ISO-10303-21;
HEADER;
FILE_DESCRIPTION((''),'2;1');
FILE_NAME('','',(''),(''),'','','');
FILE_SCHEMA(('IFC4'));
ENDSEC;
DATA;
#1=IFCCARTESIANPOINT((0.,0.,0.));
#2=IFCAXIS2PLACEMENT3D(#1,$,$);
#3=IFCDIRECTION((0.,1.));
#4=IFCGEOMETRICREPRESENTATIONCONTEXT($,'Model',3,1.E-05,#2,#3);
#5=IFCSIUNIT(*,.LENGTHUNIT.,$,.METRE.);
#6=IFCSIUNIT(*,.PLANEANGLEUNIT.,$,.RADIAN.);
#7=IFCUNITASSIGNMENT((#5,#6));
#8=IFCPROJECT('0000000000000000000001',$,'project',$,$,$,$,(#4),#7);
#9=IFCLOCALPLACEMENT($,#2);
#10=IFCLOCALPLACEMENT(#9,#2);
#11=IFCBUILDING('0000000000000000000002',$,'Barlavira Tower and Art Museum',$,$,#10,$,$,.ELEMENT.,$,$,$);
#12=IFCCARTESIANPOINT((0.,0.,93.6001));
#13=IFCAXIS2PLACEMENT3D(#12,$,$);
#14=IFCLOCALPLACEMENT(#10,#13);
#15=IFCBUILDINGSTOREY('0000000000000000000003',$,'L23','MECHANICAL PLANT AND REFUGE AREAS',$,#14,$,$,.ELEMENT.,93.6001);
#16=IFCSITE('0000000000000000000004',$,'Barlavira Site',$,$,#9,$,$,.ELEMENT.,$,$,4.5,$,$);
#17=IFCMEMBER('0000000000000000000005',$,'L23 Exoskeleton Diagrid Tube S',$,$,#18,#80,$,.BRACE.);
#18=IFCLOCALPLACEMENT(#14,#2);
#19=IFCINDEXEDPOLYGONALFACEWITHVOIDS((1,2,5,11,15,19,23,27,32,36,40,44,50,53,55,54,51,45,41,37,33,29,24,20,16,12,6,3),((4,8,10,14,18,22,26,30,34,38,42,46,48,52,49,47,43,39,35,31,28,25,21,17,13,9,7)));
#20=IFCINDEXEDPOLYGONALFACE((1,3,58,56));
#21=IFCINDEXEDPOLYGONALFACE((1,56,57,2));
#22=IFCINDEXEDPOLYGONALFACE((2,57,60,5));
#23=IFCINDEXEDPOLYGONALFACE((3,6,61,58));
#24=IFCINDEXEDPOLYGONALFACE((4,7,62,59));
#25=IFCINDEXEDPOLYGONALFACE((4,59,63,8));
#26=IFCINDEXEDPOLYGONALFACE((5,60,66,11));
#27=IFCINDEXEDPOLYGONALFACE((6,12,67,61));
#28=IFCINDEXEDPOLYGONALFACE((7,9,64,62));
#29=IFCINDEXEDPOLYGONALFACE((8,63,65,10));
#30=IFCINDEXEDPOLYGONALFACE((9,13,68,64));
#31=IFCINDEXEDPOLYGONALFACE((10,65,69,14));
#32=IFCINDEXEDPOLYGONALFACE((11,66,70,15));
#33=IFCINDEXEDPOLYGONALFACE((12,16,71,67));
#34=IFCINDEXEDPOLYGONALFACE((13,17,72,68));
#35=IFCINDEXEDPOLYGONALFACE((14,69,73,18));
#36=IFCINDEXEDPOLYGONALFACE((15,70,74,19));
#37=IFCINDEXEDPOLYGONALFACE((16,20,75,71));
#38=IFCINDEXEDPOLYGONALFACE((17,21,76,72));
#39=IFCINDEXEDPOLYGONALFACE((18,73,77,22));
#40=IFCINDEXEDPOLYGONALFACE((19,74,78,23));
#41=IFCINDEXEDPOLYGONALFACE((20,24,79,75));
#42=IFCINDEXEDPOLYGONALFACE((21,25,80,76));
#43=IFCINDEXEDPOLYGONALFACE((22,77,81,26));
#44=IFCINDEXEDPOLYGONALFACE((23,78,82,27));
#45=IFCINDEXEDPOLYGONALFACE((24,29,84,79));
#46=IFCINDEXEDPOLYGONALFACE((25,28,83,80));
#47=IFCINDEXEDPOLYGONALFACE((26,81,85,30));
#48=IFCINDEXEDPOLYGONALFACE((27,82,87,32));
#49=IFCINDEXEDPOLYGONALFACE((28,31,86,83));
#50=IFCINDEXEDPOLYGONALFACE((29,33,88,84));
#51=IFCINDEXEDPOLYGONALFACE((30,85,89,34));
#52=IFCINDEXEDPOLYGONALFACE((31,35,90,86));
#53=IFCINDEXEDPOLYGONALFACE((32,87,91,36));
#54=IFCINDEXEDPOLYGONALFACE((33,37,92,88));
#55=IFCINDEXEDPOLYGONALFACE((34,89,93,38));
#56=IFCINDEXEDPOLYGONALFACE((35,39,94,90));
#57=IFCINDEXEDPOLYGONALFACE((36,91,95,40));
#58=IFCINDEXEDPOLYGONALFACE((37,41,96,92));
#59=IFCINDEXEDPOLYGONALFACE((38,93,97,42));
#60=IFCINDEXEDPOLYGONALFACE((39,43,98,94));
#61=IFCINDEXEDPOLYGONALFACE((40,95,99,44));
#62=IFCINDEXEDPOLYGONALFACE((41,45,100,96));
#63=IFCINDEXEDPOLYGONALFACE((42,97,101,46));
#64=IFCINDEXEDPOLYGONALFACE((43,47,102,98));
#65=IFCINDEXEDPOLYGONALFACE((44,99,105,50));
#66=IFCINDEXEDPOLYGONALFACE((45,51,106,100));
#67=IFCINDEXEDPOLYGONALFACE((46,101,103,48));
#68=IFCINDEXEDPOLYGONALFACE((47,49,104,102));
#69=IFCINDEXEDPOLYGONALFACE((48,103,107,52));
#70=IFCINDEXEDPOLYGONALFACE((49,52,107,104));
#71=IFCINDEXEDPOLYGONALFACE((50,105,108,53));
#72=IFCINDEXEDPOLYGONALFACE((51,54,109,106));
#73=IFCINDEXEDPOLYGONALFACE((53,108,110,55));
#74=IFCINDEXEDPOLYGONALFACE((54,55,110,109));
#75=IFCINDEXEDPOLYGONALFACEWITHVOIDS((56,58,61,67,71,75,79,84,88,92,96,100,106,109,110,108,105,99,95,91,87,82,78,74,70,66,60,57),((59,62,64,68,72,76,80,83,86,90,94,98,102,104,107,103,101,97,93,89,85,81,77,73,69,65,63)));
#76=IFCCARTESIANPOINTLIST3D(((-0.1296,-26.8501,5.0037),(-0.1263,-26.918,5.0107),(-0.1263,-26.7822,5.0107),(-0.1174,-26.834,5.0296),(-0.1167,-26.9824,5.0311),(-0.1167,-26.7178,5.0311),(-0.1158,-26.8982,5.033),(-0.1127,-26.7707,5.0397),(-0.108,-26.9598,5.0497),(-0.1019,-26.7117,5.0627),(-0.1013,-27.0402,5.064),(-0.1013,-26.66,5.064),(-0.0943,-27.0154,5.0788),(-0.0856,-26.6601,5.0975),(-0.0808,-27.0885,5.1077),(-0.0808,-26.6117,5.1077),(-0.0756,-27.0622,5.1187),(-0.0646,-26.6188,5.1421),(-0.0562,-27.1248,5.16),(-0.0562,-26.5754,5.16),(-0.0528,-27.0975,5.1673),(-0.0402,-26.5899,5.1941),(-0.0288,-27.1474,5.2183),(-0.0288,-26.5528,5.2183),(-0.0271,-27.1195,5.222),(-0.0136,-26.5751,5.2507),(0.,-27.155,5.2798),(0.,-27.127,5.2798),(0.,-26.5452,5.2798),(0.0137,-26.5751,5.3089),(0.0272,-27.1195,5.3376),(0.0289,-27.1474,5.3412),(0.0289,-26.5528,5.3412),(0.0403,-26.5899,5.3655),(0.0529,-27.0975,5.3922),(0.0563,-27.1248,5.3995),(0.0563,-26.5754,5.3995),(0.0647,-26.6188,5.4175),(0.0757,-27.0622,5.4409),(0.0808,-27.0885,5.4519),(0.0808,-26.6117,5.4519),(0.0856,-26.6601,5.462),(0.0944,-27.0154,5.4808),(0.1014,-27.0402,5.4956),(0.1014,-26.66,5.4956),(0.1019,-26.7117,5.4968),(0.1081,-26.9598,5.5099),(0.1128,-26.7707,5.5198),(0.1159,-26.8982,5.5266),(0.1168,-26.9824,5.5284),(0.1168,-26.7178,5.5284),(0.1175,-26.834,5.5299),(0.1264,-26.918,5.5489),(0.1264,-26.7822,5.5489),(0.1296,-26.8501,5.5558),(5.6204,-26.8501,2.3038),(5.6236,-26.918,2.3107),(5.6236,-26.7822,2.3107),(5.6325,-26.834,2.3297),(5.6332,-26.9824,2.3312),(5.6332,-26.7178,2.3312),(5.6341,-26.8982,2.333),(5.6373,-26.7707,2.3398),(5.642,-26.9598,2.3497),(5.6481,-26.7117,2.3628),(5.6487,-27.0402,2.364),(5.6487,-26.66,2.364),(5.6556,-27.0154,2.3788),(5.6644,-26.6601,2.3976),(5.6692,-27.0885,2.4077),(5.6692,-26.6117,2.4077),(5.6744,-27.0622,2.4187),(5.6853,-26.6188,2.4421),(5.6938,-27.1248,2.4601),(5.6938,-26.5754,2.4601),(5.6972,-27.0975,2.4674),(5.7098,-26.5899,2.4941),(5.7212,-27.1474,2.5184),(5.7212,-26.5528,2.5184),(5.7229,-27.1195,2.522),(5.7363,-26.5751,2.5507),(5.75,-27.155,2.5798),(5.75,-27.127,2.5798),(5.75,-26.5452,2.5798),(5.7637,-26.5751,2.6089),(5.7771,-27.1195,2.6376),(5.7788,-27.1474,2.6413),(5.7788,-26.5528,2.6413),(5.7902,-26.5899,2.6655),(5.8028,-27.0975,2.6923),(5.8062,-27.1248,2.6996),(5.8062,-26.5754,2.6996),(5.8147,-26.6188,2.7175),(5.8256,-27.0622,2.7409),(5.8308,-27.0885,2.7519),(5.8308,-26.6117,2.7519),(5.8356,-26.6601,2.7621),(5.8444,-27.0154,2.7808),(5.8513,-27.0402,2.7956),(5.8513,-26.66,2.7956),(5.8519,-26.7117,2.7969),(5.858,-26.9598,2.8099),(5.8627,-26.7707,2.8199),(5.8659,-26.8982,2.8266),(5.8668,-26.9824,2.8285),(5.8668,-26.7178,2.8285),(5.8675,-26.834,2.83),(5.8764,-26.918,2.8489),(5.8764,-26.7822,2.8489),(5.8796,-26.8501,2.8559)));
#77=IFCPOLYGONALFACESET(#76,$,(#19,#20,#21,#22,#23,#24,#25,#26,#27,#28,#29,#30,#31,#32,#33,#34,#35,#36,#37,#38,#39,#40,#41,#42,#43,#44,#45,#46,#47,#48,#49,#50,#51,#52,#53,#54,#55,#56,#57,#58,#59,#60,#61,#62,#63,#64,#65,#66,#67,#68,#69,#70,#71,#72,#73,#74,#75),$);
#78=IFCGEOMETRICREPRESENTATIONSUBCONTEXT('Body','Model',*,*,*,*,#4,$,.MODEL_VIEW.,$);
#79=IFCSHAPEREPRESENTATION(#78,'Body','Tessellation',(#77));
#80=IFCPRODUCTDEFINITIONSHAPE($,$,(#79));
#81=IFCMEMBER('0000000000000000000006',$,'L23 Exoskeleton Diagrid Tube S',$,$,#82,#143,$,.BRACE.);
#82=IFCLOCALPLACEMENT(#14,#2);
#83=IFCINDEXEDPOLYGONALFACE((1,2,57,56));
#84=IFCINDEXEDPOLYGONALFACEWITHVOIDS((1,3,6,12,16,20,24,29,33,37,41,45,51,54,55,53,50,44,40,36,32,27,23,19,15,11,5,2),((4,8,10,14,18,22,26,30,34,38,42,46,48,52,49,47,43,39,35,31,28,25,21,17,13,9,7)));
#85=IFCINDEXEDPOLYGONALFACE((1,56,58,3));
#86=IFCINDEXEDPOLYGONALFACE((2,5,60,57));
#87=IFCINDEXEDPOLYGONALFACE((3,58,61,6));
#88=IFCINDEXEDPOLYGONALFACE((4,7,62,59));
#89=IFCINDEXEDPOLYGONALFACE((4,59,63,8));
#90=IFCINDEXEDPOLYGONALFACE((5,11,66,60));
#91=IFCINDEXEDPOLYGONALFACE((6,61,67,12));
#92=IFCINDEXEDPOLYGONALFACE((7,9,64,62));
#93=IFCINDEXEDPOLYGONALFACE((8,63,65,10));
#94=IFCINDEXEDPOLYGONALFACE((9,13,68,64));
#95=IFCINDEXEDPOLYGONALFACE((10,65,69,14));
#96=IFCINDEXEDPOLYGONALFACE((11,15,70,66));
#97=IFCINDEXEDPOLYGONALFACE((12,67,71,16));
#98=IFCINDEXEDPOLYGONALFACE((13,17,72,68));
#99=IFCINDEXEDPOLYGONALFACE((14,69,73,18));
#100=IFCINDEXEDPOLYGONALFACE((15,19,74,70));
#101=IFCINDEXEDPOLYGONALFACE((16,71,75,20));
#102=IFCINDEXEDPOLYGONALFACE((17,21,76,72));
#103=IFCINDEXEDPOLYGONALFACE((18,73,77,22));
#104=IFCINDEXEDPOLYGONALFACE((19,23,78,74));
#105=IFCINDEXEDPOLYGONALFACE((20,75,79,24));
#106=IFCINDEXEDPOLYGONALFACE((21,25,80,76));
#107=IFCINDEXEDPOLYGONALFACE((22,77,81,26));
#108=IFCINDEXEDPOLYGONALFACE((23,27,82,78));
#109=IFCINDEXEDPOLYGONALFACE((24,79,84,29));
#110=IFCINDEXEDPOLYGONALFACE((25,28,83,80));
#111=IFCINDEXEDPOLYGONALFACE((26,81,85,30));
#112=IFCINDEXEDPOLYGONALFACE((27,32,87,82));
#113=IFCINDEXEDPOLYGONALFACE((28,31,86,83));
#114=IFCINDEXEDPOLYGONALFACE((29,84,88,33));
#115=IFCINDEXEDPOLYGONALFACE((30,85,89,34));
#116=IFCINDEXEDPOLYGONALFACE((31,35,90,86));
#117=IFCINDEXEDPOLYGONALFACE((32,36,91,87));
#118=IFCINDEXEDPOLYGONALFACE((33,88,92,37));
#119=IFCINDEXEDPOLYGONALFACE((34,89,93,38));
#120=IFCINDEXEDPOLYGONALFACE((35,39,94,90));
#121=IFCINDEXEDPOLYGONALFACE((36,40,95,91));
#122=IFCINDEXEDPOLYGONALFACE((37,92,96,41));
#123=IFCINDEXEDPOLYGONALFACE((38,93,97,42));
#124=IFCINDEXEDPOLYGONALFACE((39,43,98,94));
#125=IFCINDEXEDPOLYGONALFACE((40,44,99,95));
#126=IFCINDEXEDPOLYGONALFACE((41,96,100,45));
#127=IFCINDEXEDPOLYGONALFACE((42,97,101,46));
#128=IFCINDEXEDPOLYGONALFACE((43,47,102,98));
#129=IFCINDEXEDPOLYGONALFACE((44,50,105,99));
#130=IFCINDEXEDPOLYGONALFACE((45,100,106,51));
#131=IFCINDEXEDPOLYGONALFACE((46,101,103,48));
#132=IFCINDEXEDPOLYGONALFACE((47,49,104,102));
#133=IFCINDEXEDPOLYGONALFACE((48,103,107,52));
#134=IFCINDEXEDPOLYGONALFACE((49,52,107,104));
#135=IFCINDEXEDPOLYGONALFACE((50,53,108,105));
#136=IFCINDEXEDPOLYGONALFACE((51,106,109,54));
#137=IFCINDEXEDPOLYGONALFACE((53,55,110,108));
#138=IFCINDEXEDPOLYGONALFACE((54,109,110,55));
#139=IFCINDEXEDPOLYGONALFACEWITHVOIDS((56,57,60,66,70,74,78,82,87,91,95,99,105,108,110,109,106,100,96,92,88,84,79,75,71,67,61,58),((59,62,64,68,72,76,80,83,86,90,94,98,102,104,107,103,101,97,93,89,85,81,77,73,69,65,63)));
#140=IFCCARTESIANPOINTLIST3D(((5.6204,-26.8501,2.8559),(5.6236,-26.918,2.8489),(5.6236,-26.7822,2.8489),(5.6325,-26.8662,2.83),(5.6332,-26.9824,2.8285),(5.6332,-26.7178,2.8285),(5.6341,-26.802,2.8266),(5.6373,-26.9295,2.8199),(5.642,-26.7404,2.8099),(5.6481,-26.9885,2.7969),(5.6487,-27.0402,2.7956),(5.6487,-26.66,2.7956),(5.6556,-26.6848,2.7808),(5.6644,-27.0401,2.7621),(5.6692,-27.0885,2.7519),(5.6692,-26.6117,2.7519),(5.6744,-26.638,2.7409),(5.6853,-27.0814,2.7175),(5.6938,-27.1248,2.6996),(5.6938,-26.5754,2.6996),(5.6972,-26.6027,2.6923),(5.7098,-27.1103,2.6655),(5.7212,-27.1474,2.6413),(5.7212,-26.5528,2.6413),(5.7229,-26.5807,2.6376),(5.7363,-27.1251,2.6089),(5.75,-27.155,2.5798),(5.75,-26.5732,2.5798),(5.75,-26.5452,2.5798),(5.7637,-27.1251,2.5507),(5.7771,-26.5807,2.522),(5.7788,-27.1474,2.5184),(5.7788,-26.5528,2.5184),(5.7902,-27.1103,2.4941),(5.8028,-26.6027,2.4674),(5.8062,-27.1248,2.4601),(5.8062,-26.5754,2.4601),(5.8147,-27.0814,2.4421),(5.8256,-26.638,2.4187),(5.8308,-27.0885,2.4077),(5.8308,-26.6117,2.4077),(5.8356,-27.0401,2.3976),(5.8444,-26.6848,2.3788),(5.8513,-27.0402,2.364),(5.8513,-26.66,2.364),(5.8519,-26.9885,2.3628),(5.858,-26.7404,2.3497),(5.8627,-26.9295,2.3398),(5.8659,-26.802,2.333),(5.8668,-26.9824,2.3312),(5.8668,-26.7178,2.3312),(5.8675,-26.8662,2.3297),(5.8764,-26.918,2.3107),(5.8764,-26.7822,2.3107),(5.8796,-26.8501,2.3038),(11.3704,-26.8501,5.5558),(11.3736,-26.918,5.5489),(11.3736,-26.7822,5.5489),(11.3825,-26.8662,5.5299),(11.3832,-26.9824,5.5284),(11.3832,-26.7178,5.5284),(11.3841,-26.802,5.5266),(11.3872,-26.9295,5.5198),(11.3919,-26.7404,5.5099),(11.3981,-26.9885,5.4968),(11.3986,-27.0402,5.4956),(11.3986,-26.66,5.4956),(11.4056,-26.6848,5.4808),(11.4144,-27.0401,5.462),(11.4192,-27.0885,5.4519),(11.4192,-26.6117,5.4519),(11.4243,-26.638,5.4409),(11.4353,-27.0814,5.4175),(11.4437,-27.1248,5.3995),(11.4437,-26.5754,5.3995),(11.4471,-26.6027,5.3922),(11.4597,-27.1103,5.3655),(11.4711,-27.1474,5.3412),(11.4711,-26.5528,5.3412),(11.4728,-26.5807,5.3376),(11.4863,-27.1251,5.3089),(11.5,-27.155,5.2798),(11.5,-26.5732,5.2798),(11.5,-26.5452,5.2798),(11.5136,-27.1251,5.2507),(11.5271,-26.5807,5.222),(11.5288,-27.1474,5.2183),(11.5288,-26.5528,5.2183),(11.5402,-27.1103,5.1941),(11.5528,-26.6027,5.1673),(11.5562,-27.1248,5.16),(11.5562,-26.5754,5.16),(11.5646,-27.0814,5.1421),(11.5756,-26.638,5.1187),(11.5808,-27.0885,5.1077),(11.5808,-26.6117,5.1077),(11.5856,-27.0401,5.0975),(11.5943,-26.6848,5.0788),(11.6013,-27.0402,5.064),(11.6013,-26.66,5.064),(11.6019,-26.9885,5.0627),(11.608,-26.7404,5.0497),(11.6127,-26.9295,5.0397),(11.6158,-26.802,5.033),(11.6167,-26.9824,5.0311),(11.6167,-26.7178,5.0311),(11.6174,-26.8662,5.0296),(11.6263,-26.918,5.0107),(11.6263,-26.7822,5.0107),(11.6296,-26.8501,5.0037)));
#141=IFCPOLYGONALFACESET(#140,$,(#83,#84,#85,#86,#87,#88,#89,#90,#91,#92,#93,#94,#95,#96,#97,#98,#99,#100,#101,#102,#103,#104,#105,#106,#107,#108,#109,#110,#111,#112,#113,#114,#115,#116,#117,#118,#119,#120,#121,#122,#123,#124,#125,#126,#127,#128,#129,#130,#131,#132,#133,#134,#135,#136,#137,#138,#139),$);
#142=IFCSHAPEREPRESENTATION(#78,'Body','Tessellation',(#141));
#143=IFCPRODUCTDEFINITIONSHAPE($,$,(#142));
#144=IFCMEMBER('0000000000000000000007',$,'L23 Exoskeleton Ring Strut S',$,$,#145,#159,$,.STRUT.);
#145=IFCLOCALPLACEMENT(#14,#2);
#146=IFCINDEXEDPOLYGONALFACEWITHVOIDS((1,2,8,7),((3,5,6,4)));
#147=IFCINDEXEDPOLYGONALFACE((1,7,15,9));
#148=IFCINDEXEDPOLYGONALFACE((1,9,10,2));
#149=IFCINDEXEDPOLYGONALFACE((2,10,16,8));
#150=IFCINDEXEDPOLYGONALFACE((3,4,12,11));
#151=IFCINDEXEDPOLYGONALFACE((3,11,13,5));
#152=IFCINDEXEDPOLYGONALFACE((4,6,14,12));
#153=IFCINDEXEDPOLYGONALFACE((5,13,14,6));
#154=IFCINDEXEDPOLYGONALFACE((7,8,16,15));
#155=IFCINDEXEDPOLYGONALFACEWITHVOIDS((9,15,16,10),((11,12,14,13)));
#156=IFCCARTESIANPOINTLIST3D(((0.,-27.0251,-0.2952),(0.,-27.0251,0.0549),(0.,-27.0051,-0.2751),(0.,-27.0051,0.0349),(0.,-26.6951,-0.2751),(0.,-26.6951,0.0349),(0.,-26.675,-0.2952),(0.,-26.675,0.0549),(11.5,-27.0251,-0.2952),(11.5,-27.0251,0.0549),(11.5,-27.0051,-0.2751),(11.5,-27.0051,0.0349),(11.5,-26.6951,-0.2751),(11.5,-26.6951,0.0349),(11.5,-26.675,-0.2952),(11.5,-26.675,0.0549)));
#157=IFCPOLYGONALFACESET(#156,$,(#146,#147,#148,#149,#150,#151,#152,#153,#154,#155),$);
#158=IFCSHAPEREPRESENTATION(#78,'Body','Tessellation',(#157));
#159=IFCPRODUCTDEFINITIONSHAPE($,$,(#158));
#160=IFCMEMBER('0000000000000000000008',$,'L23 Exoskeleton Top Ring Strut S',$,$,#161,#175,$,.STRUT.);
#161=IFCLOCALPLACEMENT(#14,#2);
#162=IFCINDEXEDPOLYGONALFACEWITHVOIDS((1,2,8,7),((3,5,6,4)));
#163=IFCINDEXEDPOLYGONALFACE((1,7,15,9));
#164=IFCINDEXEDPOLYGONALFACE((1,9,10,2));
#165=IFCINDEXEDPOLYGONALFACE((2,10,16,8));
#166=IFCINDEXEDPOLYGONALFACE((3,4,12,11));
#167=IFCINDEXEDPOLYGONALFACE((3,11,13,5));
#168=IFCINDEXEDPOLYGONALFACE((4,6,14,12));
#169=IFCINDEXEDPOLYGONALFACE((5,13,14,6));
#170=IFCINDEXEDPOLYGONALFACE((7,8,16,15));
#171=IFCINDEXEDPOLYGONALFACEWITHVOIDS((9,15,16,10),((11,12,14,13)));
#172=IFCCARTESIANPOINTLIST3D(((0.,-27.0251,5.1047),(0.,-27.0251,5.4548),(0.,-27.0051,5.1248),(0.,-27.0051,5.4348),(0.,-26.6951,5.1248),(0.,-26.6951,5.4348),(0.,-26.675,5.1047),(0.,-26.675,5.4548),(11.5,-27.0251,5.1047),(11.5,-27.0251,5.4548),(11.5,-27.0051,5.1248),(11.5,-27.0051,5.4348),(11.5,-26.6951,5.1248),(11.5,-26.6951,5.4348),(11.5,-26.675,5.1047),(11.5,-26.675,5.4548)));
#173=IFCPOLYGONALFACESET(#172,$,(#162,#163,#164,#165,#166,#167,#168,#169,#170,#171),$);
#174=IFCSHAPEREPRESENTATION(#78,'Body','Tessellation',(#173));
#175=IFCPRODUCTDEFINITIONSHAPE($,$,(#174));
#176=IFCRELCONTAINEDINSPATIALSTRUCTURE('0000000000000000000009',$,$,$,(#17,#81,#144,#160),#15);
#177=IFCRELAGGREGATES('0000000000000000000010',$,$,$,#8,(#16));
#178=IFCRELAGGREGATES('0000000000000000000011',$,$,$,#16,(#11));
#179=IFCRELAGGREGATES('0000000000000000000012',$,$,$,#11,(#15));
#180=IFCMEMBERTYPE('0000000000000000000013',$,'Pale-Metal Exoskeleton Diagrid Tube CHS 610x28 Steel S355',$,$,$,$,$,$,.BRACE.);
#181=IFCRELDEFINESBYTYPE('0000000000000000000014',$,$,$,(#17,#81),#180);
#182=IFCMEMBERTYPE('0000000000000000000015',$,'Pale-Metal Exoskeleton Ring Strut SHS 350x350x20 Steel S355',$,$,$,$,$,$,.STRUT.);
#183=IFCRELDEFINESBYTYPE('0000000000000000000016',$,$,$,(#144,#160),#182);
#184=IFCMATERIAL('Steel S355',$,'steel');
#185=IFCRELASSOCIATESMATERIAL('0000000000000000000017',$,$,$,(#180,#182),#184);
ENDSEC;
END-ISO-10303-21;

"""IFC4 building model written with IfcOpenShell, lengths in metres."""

from ifc_helpers import new_model, si_unit, direction, frame, origin, origin_2d, place, context, subcontext, project, spatial, hollow_rectangle, hollow_circle, extrude, material, material_profile, profile_set, type_object, element, save


model = new_model("IFC4")

# Units and contexts
model_context = context("Model", 3, precision=1e-05, world=origin(), true_north=direction((0.0, 1.0)))
body_context = subcontext(model_context, "Body", "Model", "MODEL_VIEW")
ifc_project = project(units=[si_unit("LENGTHUNIT", "METRE"), si_unit("PLANEANGLEUNIT", "RADIAN")], contexts=[model_context])

# Site, building, storey
site_placement = place(None, origin())
site = spatial("IfcSite", under=ifc_project, at=site_placement, Name="Barlavira Site", CompositionType="ELEMENT", RefElevation=4.5)
building_placement = place(site_placement, origin())
building = spatial("IfcBuilding", under=site, at=building_placement, Name="Barlavira Tower and Art Museum", CompositionType="ELEMENT")
storey_placement = place(building_placement, frame((0.0, 0.0, 93.6001)))
storey = spatial("IfcBuildingStorey", under=building, at=storey_placement, Name="L23", Description="MECHANICAL PLANT AND REFUGE AREAS", CompositionType="ELEMENT", Elevation=93.6001)

# Members
ifc_material_1 = material(Name="Steel S355", Category="steel")
ifc_material_profile_1 = material_profile(ifc_material_1, hollow_circle(Radius=0.3049, WallThickness=0.0281, at=origin_2d()), Name="CHS 610.0x28.0")
ifc_profile_set_1 = profile_set([ifc_material_profile_1], Name="Steel S355")
member_type_1 = type_object("IfcMemberType", Name="Pale-Metal Exoskeleton Diagrid Tube CHS 610x28 Steel S355", PredefinedType="BRACE", material=ifc_profile_set_1)
for number, where, z_axis, x_axis, name in (
    (1, (5.75, -26.8501, 2.5798), (-0.905178, 0.0, 0.425032), (0.0, -1.0, 0.0), "L23 Exoskeleton Diagrid Tube S"),
    (2, (5.75, -26.8501, 2.5798), (0.905178, 0.0, 0.425032), (0.0, 1.0, 0.0), "L23 Exoskeleton Diagrid Tube S"),
):
    element("IfcMember", number, at=place(storey_placement, frame(where, z_axis=z_axis, x_axis=x_axis)), inside=storey, type_object=member_type_1, Name=name, PredefinedType="BRACE", context=body_context, shape_type="SweptSolid", body=[
        extrude(hollow_circle(Radius=0.3049, WallThickness=0.0281, at=origin_2d()), origin(), (0.0, 0.0, 1.0), 6.3523),
    ])
ifc_material_profile_2 = material_profile(ifc_material_1, hollow_rectangle(XDim=0.3501, YDim=0.3501, WallThickness=0.02, at=origin_2d()), Name="SHS 350x350x20.0")
ifc_profile_set_2 = profile_set([ifc_material_profile_2], Name="Steel S355")
member_type_2 = type_object("IfcMemberType", Name="Pale-Metal Exoskeleton Ring Strut SHS 350x350x20 Steel S355", PredefinedType="STRUT", material=ifc_profile_set_2)
for number, where, z_axis, x_axis, name in (
    (3, (0.0, -26.8501, -0.1201), (1.0, 0.0, 0.0), (0.0, 1.0, 0.0), "L23 Exoskeleton Ring Strut S"),
    (4, (0.0, -26.8501, 5.2798), (1.0, 0.0, 0.0), (0.0, 1.0, 0.0), "L23 Exoskeleton Top Ring Strut S"),
):
    element("IfcMember", number, at=place(storey_placement, frame(where, z_axis=z_axis, x_axis=x_axis)), inside=storey, type_object=member_type_2, Name=name, PredefinedType="STRUT", context=body_context, shape_type="SweptSolid", body=[
        extrude(hollow_rectangle(XDim=0.3501, YDim=0.3501, WallThickness=0.02, at=origin_2d()), origin(), (0.0, 0.0, 1.0), 11.5),
    ])

save(model, "model.ifc")
